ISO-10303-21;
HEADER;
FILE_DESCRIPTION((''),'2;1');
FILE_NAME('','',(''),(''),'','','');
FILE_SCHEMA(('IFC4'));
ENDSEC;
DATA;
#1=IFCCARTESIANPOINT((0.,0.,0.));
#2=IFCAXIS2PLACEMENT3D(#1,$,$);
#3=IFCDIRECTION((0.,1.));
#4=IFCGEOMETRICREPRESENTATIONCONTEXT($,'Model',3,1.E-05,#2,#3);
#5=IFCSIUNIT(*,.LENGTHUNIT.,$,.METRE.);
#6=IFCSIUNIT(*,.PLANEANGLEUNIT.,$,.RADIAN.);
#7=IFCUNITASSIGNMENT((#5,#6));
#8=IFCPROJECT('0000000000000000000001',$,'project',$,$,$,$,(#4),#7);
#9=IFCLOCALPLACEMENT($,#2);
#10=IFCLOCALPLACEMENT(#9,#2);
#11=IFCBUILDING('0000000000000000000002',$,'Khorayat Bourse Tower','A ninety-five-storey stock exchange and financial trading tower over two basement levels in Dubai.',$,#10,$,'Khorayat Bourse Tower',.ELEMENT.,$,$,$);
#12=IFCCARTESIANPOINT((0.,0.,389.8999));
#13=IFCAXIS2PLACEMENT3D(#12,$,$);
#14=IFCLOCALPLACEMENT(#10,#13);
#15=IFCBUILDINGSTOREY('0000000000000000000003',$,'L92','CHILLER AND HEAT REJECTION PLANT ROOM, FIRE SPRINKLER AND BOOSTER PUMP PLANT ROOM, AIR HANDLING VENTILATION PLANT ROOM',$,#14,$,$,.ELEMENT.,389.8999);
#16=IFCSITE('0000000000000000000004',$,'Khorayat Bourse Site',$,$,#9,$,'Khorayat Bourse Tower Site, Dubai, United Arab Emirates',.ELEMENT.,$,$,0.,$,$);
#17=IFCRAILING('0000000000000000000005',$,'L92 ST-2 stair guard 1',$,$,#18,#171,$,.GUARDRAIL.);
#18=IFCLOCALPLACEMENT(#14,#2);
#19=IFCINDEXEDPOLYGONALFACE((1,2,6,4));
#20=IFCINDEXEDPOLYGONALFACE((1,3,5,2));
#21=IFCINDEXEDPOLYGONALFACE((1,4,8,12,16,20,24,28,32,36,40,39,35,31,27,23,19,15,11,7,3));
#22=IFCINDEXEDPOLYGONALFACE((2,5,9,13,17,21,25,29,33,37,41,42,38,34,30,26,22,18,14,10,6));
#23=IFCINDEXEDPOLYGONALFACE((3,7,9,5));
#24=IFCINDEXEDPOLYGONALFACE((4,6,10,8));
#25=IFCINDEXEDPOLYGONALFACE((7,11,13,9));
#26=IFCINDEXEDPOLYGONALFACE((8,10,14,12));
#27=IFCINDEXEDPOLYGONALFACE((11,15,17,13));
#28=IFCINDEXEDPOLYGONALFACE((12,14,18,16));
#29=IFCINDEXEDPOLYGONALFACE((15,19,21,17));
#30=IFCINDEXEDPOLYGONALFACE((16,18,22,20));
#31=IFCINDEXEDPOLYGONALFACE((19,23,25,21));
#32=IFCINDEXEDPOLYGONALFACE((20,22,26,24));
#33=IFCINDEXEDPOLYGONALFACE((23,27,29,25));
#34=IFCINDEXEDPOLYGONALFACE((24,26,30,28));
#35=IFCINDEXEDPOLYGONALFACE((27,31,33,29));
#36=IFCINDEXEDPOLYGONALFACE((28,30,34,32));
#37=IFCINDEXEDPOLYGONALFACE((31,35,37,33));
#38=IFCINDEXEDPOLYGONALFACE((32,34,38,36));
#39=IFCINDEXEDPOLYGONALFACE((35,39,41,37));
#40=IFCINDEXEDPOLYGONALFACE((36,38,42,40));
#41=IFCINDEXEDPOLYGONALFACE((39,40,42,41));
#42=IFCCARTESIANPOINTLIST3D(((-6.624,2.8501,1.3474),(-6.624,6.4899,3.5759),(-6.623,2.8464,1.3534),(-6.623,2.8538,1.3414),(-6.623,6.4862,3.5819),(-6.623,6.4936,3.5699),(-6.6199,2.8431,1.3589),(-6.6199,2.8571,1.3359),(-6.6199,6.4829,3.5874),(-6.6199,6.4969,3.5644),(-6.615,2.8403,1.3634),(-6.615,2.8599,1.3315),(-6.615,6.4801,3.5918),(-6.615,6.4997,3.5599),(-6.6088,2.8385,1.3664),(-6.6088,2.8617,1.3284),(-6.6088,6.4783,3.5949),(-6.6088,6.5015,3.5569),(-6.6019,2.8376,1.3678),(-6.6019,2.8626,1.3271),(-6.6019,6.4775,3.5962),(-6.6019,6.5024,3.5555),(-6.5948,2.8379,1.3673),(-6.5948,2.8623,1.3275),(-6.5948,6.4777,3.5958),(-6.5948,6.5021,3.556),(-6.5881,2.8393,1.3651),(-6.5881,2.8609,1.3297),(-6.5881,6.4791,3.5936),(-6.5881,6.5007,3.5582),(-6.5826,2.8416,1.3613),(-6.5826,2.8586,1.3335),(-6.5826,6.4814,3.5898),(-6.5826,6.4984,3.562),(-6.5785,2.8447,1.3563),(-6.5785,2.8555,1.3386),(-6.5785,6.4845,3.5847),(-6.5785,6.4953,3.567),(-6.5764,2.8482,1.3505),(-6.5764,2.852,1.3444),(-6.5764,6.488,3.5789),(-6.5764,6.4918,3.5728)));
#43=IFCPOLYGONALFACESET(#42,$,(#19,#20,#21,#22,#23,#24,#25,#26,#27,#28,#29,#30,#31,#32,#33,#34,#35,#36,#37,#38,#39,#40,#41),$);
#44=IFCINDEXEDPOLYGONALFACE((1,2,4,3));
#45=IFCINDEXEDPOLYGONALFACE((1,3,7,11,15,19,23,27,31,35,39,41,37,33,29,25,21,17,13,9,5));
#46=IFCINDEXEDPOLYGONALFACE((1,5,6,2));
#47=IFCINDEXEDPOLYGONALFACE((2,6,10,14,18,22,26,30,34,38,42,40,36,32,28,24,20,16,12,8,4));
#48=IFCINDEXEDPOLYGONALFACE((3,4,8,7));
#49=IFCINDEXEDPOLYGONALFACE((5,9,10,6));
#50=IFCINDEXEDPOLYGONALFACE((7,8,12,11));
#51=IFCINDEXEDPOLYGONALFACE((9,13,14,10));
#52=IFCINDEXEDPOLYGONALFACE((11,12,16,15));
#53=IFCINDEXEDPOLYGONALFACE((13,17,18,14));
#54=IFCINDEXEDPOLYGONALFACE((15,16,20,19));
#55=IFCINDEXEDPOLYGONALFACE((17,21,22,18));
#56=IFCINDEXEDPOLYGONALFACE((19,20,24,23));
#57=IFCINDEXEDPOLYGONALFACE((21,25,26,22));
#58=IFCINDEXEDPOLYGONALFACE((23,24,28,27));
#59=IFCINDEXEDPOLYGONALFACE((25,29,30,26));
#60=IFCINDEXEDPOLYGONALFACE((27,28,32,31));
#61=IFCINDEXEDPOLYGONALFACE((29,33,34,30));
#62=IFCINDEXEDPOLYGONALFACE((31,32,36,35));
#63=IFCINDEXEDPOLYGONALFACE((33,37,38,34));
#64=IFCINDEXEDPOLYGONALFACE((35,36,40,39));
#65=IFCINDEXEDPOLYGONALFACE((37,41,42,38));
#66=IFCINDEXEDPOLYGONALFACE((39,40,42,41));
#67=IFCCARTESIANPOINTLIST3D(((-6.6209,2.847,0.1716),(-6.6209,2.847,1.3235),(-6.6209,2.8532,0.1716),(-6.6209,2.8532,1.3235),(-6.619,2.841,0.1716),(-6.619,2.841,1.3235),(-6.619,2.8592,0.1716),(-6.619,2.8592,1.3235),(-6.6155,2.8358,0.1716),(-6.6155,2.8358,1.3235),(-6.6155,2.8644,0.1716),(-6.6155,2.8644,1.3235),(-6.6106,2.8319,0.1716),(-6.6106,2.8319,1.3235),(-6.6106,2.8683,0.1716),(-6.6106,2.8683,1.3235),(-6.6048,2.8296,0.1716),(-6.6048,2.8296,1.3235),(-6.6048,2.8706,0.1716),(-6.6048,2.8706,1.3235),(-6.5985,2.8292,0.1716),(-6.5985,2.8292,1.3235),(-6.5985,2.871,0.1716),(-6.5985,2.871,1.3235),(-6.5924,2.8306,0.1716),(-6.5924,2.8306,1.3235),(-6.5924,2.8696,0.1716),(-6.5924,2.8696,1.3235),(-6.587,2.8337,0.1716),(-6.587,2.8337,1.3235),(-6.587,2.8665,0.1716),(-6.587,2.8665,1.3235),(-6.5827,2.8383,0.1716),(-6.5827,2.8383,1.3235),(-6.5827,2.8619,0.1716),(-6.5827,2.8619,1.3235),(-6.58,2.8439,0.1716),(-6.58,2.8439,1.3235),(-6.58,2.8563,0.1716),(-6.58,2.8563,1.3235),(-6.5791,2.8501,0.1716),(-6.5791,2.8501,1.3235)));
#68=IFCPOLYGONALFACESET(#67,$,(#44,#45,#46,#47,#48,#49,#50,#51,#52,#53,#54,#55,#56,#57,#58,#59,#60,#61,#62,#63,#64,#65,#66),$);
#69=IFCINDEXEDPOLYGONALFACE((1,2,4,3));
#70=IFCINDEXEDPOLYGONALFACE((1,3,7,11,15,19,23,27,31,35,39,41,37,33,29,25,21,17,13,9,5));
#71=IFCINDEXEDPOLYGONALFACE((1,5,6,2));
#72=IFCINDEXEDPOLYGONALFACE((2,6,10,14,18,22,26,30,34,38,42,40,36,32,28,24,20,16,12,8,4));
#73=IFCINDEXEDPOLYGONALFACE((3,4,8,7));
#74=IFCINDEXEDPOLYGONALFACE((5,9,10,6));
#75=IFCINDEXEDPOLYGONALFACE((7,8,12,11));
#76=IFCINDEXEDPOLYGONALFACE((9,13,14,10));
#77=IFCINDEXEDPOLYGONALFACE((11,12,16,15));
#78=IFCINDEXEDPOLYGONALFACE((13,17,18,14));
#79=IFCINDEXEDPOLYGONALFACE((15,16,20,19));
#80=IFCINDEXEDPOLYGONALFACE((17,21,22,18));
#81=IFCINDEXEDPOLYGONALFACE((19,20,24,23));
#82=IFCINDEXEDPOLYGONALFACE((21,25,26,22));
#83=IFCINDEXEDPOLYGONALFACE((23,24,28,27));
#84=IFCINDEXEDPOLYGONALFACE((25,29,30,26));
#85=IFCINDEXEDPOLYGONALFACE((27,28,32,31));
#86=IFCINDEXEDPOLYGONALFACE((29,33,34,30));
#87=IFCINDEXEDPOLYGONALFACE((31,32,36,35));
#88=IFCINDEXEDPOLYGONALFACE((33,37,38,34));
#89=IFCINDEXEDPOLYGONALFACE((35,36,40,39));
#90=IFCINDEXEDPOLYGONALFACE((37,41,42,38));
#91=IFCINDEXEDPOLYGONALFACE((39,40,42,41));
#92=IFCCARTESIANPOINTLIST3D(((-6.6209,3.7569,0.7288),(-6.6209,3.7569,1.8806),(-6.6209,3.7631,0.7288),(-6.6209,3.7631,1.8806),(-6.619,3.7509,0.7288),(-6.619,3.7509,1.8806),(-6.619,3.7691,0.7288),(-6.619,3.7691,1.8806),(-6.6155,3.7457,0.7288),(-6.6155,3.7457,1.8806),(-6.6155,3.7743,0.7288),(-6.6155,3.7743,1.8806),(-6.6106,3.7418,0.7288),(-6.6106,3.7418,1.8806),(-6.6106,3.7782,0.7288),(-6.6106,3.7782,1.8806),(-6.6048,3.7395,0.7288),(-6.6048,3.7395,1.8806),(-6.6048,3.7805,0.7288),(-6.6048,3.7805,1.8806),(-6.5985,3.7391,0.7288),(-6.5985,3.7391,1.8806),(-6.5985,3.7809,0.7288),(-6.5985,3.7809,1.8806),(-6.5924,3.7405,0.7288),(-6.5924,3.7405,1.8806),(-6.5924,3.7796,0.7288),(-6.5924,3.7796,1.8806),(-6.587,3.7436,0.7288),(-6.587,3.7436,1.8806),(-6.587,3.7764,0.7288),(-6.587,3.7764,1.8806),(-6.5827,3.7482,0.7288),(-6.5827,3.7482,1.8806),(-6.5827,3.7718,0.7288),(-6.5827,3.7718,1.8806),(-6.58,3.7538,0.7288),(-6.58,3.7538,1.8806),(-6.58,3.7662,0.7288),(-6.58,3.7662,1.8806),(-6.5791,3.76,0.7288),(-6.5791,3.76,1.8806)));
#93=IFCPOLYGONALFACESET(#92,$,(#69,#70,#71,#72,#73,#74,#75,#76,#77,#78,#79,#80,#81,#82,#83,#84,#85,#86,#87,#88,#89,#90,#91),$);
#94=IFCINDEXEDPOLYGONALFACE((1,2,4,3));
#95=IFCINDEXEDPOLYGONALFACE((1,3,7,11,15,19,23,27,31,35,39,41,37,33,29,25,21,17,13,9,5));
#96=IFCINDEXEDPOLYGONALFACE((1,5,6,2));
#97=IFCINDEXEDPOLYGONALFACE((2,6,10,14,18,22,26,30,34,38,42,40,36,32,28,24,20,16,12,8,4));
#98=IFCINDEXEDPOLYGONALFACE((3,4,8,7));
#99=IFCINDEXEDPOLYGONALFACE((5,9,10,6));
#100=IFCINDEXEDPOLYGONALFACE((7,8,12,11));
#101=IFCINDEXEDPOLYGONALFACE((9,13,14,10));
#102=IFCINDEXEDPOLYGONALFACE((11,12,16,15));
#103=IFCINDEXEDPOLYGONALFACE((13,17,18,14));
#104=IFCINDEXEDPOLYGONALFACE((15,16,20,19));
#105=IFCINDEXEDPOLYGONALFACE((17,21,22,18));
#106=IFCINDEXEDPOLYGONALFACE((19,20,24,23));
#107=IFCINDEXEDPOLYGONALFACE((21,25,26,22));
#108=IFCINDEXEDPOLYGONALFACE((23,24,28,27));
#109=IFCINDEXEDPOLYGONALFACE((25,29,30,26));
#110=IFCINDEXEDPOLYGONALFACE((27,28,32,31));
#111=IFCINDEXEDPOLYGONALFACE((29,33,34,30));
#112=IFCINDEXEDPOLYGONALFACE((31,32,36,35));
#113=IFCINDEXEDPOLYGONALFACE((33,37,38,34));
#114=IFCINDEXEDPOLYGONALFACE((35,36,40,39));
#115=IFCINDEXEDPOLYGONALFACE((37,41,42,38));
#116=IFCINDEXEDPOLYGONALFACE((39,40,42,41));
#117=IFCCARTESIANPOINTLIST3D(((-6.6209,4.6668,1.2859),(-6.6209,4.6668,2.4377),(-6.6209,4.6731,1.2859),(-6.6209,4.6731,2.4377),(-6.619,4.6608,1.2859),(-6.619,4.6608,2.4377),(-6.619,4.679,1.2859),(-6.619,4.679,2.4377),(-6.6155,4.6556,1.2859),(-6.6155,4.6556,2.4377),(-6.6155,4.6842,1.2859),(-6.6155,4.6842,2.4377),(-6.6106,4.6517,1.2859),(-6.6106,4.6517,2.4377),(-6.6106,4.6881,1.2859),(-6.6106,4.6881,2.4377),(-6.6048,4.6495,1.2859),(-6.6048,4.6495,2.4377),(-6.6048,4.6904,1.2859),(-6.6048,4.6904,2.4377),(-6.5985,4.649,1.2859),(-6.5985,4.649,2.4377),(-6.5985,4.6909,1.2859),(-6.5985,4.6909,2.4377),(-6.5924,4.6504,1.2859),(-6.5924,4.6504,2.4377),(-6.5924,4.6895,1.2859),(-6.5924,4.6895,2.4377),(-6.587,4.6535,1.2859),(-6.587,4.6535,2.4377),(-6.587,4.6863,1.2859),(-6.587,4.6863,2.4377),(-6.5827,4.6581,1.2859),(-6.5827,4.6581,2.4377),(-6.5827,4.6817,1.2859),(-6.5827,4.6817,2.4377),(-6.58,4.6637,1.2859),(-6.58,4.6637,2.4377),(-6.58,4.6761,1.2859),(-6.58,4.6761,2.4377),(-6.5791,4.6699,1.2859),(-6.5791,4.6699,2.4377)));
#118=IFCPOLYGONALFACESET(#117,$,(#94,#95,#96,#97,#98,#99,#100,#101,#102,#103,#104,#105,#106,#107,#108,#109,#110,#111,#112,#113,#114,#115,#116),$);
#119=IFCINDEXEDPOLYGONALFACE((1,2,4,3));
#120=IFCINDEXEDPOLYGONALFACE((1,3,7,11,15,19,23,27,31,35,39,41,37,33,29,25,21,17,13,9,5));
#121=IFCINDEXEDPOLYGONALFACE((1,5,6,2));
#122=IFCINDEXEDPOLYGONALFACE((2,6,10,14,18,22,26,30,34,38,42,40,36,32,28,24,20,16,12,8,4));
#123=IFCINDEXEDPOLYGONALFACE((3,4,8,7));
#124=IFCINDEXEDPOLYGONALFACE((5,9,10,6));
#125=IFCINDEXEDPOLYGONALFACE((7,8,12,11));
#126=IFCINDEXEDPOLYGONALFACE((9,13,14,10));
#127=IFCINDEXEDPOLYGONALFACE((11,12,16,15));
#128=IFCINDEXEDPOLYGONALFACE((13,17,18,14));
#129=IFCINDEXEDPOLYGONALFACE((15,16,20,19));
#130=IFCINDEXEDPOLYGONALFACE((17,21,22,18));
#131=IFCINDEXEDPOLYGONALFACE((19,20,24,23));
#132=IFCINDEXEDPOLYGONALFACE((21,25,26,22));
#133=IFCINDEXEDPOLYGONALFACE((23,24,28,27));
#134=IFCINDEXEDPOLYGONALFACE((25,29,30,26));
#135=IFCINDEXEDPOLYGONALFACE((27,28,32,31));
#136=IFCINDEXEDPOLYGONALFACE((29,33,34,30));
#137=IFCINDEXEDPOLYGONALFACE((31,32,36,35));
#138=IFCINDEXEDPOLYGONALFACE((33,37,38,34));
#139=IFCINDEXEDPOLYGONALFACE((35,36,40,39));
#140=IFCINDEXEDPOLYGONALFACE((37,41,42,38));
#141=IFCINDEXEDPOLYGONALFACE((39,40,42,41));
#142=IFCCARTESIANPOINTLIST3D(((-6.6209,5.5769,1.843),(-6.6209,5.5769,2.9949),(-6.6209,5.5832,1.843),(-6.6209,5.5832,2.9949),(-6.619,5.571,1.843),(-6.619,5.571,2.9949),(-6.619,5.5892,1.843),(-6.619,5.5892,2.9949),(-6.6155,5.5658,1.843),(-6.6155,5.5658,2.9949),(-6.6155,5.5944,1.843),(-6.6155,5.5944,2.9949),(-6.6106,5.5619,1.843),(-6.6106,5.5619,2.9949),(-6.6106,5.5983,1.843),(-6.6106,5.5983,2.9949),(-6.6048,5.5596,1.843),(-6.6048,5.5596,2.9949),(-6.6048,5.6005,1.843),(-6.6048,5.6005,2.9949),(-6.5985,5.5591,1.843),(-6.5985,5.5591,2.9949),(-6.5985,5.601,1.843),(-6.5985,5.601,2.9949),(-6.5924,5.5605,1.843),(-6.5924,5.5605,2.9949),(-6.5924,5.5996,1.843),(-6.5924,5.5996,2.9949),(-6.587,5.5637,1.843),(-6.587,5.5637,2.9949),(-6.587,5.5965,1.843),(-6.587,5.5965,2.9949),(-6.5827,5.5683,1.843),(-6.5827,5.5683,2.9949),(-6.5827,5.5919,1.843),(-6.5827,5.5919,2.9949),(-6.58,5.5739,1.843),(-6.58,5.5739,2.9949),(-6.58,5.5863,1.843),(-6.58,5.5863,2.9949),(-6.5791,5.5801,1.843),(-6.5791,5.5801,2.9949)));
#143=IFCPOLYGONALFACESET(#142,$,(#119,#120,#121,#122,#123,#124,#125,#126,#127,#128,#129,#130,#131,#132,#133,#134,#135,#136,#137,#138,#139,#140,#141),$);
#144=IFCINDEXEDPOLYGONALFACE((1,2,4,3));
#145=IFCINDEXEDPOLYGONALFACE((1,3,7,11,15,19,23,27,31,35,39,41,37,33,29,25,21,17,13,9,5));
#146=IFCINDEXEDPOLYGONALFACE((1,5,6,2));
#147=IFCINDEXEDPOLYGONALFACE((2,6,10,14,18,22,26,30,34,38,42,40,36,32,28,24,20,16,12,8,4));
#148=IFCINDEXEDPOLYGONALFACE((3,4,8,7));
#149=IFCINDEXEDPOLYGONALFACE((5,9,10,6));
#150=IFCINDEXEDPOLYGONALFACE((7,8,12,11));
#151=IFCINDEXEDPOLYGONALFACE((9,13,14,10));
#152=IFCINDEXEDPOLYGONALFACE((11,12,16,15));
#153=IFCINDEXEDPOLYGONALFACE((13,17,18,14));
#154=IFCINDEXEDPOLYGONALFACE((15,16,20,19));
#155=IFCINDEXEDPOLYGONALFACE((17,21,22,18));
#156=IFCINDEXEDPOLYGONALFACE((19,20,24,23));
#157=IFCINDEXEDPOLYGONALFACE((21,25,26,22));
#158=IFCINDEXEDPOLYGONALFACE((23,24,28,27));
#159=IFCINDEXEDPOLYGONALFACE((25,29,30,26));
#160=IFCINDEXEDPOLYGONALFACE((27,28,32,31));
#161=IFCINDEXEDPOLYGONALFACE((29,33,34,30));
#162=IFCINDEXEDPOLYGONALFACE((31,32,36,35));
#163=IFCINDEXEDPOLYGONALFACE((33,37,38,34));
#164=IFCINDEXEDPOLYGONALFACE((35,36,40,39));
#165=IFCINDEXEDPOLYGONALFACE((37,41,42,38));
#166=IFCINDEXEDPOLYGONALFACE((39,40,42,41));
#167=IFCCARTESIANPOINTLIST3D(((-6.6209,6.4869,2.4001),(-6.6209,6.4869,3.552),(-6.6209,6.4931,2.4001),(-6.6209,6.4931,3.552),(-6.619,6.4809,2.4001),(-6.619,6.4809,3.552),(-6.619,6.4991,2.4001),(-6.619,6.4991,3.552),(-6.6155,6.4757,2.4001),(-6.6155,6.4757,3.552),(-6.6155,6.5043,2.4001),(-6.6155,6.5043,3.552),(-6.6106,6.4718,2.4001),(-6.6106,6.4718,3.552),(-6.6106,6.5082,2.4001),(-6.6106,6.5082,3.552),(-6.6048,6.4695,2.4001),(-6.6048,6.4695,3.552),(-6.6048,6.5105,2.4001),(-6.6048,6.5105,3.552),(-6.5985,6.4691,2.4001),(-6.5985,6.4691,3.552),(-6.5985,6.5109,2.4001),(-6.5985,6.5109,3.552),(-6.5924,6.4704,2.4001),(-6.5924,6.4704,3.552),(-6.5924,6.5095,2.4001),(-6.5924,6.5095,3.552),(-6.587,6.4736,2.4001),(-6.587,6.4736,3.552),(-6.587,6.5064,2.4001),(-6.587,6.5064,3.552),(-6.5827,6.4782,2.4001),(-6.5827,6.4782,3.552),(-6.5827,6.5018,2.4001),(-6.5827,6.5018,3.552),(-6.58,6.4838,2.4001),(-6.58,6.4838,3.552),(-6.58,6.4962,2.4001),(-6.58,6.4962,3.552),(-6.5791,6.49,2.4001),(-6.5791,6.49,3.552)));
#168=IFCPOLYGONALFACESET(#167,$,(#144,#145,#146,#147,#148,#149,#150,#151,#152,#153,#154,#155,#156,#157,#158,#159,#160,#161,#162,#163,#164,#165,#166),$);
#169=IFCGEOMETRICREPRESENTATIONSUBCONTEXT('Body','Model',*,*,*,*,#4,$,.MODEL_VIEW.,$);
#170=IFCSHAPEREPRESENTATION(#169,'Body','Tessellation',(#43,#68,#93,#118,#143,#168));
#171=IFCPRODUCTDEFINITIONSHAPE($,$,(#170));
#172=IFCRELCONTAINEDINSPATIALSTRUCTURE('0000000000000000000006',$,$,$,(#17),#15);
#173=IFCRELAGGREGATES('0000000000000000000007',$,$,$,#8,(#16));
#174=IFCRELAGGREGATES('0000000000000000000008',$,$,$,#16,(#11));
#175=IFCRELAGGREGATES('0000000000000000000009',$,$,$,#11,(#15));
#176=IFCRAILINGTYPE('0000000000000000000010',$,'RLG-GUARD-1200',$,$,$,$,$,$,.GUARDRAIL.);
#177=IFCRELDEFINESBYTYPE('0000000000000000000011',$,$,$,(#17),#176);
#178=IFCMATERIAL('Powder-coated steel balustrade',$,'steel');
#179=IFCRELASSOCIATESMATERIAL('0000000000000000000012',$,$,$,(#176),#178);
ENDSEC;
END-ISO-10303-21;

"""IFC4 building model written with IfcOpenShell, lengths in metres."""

from ifc_helpers import new_model, si_unit, direction, frame, origin, origin_2d, place, context, subcontext, project, spatial, circle, extrude, source, transform, mapped, material, type_object, element, save


model = new_model("IFC4")

# Units and contexts
model_context = context("Model", 3, precision=1e-05, world=origin(), true_north=direction((0.0, 1.0)))
body_context = subcontext(model_context, "Body", "Model", "MODEL_VIEW")
ifc_project = project(units=[si_unit("LENGTHUNIT", "METRE"), si_unit("PLANEANGLEUNIT", "RADIAN")], contexts=[model_context])

# Site, building, storey
site_placement = place(None, origin())
site = spatial("IfcSite", under=ifc_project, at=site_placement, Name="Khorayat Bourse Site", LongName="Khorayat Bourse Tower Site, Dubai, United Arab Emirates", CompositionType="ELEMENT", RefElevation=0.0)
building_placement = place(site_placement, origin())
building = spatial("IfcBuilding", under=site, at=building_placement, Name="Khorayat Bourse Tower", Description="A ninety-five-storey stock exchange and financial trading tower over two basement levels in Dubai.", LongName="Khorayat Bourse Tower", CompositionType="ELEMENT")
storey_placement = place(building_placement, frame((0.0, 0.0, 389.8999)))
storey = spatial("IfcBuildingStorey", under=building, at=storey_placement, Name="L92", Description="CHILLER AND HEAT REJECTION PLANT ROOM, FIRE SPRINKLER AND BOOSTER PUMP PLANT ROOM, AIR HANDLING VENTILATION PLANT ROOM", CompositionType="ELEMENT", Elevation=389.8999)

# Railing
ifc_material_1 = material(Name="Powder-coated steel balustrade", Category="steel")
railing_type_1 = type_object("IfcRailingType", Name="RLG-GUARD-1200", PredefinedType="GUARDRAIL", material=ifc_material_1)
shared_shape_1 = source(origin(), body_context, "Body", "SweptSolid", [
    extrude(circle(Radius=0.0239, at=origin_2d()), frame((0.0, 0.0, 1.1758), z_axis=(0.0, 0.85285, 0.522156), x_axis=(-1.0, 0.0, 0.0)), (0.0, 0.0, 1.0), 4.2678),
    extrude(circle(Radius=0.021, at=origin_2d()), origin(), (0.0, 0.0, 1.0), 1.1519),
    extrude(circle(Radius=0.021, at=origin_2d()), frame((0.0, 0.9099, 0.5571)), (0.0, 0.0, 1.0), 1.1519),
    extrude(circle(Radius=0.021, at=origin_2d()), frame((0.0, 1.8198, 1.1143)), (0.0, 0.0, 1.0), 1.1519),
    extrude(circle(Radius=0.021, at=origin_2d()), frame((0.0, 2.73, 1.6714)), (0.0, 0.0, 1.0), 1.1519),
    extrude(circle(Radius=0.021, at=origin_2d()), frame((0.0, 3.6399, 2.2285)), (0.0, 0.0, 1.0), 1.1519),
])
railing_1_placement = place(storey_placement, frame((-6.6001, 2.8501, 0.1716)))
element("IfcRailing", 1, at=railing_1_placement, inside=storey, type_object=railing_type_1, Name="L92 ST-2 stair guard 1", PredefinedType="GUARDRAIL", context=body_context, shape_type="MappedRepresentation", body=[
    mapped(shared_shape_1, transform((0.0, 0.0, 0.0), scale=1.0)),
])

save(model, "model.ifc")
